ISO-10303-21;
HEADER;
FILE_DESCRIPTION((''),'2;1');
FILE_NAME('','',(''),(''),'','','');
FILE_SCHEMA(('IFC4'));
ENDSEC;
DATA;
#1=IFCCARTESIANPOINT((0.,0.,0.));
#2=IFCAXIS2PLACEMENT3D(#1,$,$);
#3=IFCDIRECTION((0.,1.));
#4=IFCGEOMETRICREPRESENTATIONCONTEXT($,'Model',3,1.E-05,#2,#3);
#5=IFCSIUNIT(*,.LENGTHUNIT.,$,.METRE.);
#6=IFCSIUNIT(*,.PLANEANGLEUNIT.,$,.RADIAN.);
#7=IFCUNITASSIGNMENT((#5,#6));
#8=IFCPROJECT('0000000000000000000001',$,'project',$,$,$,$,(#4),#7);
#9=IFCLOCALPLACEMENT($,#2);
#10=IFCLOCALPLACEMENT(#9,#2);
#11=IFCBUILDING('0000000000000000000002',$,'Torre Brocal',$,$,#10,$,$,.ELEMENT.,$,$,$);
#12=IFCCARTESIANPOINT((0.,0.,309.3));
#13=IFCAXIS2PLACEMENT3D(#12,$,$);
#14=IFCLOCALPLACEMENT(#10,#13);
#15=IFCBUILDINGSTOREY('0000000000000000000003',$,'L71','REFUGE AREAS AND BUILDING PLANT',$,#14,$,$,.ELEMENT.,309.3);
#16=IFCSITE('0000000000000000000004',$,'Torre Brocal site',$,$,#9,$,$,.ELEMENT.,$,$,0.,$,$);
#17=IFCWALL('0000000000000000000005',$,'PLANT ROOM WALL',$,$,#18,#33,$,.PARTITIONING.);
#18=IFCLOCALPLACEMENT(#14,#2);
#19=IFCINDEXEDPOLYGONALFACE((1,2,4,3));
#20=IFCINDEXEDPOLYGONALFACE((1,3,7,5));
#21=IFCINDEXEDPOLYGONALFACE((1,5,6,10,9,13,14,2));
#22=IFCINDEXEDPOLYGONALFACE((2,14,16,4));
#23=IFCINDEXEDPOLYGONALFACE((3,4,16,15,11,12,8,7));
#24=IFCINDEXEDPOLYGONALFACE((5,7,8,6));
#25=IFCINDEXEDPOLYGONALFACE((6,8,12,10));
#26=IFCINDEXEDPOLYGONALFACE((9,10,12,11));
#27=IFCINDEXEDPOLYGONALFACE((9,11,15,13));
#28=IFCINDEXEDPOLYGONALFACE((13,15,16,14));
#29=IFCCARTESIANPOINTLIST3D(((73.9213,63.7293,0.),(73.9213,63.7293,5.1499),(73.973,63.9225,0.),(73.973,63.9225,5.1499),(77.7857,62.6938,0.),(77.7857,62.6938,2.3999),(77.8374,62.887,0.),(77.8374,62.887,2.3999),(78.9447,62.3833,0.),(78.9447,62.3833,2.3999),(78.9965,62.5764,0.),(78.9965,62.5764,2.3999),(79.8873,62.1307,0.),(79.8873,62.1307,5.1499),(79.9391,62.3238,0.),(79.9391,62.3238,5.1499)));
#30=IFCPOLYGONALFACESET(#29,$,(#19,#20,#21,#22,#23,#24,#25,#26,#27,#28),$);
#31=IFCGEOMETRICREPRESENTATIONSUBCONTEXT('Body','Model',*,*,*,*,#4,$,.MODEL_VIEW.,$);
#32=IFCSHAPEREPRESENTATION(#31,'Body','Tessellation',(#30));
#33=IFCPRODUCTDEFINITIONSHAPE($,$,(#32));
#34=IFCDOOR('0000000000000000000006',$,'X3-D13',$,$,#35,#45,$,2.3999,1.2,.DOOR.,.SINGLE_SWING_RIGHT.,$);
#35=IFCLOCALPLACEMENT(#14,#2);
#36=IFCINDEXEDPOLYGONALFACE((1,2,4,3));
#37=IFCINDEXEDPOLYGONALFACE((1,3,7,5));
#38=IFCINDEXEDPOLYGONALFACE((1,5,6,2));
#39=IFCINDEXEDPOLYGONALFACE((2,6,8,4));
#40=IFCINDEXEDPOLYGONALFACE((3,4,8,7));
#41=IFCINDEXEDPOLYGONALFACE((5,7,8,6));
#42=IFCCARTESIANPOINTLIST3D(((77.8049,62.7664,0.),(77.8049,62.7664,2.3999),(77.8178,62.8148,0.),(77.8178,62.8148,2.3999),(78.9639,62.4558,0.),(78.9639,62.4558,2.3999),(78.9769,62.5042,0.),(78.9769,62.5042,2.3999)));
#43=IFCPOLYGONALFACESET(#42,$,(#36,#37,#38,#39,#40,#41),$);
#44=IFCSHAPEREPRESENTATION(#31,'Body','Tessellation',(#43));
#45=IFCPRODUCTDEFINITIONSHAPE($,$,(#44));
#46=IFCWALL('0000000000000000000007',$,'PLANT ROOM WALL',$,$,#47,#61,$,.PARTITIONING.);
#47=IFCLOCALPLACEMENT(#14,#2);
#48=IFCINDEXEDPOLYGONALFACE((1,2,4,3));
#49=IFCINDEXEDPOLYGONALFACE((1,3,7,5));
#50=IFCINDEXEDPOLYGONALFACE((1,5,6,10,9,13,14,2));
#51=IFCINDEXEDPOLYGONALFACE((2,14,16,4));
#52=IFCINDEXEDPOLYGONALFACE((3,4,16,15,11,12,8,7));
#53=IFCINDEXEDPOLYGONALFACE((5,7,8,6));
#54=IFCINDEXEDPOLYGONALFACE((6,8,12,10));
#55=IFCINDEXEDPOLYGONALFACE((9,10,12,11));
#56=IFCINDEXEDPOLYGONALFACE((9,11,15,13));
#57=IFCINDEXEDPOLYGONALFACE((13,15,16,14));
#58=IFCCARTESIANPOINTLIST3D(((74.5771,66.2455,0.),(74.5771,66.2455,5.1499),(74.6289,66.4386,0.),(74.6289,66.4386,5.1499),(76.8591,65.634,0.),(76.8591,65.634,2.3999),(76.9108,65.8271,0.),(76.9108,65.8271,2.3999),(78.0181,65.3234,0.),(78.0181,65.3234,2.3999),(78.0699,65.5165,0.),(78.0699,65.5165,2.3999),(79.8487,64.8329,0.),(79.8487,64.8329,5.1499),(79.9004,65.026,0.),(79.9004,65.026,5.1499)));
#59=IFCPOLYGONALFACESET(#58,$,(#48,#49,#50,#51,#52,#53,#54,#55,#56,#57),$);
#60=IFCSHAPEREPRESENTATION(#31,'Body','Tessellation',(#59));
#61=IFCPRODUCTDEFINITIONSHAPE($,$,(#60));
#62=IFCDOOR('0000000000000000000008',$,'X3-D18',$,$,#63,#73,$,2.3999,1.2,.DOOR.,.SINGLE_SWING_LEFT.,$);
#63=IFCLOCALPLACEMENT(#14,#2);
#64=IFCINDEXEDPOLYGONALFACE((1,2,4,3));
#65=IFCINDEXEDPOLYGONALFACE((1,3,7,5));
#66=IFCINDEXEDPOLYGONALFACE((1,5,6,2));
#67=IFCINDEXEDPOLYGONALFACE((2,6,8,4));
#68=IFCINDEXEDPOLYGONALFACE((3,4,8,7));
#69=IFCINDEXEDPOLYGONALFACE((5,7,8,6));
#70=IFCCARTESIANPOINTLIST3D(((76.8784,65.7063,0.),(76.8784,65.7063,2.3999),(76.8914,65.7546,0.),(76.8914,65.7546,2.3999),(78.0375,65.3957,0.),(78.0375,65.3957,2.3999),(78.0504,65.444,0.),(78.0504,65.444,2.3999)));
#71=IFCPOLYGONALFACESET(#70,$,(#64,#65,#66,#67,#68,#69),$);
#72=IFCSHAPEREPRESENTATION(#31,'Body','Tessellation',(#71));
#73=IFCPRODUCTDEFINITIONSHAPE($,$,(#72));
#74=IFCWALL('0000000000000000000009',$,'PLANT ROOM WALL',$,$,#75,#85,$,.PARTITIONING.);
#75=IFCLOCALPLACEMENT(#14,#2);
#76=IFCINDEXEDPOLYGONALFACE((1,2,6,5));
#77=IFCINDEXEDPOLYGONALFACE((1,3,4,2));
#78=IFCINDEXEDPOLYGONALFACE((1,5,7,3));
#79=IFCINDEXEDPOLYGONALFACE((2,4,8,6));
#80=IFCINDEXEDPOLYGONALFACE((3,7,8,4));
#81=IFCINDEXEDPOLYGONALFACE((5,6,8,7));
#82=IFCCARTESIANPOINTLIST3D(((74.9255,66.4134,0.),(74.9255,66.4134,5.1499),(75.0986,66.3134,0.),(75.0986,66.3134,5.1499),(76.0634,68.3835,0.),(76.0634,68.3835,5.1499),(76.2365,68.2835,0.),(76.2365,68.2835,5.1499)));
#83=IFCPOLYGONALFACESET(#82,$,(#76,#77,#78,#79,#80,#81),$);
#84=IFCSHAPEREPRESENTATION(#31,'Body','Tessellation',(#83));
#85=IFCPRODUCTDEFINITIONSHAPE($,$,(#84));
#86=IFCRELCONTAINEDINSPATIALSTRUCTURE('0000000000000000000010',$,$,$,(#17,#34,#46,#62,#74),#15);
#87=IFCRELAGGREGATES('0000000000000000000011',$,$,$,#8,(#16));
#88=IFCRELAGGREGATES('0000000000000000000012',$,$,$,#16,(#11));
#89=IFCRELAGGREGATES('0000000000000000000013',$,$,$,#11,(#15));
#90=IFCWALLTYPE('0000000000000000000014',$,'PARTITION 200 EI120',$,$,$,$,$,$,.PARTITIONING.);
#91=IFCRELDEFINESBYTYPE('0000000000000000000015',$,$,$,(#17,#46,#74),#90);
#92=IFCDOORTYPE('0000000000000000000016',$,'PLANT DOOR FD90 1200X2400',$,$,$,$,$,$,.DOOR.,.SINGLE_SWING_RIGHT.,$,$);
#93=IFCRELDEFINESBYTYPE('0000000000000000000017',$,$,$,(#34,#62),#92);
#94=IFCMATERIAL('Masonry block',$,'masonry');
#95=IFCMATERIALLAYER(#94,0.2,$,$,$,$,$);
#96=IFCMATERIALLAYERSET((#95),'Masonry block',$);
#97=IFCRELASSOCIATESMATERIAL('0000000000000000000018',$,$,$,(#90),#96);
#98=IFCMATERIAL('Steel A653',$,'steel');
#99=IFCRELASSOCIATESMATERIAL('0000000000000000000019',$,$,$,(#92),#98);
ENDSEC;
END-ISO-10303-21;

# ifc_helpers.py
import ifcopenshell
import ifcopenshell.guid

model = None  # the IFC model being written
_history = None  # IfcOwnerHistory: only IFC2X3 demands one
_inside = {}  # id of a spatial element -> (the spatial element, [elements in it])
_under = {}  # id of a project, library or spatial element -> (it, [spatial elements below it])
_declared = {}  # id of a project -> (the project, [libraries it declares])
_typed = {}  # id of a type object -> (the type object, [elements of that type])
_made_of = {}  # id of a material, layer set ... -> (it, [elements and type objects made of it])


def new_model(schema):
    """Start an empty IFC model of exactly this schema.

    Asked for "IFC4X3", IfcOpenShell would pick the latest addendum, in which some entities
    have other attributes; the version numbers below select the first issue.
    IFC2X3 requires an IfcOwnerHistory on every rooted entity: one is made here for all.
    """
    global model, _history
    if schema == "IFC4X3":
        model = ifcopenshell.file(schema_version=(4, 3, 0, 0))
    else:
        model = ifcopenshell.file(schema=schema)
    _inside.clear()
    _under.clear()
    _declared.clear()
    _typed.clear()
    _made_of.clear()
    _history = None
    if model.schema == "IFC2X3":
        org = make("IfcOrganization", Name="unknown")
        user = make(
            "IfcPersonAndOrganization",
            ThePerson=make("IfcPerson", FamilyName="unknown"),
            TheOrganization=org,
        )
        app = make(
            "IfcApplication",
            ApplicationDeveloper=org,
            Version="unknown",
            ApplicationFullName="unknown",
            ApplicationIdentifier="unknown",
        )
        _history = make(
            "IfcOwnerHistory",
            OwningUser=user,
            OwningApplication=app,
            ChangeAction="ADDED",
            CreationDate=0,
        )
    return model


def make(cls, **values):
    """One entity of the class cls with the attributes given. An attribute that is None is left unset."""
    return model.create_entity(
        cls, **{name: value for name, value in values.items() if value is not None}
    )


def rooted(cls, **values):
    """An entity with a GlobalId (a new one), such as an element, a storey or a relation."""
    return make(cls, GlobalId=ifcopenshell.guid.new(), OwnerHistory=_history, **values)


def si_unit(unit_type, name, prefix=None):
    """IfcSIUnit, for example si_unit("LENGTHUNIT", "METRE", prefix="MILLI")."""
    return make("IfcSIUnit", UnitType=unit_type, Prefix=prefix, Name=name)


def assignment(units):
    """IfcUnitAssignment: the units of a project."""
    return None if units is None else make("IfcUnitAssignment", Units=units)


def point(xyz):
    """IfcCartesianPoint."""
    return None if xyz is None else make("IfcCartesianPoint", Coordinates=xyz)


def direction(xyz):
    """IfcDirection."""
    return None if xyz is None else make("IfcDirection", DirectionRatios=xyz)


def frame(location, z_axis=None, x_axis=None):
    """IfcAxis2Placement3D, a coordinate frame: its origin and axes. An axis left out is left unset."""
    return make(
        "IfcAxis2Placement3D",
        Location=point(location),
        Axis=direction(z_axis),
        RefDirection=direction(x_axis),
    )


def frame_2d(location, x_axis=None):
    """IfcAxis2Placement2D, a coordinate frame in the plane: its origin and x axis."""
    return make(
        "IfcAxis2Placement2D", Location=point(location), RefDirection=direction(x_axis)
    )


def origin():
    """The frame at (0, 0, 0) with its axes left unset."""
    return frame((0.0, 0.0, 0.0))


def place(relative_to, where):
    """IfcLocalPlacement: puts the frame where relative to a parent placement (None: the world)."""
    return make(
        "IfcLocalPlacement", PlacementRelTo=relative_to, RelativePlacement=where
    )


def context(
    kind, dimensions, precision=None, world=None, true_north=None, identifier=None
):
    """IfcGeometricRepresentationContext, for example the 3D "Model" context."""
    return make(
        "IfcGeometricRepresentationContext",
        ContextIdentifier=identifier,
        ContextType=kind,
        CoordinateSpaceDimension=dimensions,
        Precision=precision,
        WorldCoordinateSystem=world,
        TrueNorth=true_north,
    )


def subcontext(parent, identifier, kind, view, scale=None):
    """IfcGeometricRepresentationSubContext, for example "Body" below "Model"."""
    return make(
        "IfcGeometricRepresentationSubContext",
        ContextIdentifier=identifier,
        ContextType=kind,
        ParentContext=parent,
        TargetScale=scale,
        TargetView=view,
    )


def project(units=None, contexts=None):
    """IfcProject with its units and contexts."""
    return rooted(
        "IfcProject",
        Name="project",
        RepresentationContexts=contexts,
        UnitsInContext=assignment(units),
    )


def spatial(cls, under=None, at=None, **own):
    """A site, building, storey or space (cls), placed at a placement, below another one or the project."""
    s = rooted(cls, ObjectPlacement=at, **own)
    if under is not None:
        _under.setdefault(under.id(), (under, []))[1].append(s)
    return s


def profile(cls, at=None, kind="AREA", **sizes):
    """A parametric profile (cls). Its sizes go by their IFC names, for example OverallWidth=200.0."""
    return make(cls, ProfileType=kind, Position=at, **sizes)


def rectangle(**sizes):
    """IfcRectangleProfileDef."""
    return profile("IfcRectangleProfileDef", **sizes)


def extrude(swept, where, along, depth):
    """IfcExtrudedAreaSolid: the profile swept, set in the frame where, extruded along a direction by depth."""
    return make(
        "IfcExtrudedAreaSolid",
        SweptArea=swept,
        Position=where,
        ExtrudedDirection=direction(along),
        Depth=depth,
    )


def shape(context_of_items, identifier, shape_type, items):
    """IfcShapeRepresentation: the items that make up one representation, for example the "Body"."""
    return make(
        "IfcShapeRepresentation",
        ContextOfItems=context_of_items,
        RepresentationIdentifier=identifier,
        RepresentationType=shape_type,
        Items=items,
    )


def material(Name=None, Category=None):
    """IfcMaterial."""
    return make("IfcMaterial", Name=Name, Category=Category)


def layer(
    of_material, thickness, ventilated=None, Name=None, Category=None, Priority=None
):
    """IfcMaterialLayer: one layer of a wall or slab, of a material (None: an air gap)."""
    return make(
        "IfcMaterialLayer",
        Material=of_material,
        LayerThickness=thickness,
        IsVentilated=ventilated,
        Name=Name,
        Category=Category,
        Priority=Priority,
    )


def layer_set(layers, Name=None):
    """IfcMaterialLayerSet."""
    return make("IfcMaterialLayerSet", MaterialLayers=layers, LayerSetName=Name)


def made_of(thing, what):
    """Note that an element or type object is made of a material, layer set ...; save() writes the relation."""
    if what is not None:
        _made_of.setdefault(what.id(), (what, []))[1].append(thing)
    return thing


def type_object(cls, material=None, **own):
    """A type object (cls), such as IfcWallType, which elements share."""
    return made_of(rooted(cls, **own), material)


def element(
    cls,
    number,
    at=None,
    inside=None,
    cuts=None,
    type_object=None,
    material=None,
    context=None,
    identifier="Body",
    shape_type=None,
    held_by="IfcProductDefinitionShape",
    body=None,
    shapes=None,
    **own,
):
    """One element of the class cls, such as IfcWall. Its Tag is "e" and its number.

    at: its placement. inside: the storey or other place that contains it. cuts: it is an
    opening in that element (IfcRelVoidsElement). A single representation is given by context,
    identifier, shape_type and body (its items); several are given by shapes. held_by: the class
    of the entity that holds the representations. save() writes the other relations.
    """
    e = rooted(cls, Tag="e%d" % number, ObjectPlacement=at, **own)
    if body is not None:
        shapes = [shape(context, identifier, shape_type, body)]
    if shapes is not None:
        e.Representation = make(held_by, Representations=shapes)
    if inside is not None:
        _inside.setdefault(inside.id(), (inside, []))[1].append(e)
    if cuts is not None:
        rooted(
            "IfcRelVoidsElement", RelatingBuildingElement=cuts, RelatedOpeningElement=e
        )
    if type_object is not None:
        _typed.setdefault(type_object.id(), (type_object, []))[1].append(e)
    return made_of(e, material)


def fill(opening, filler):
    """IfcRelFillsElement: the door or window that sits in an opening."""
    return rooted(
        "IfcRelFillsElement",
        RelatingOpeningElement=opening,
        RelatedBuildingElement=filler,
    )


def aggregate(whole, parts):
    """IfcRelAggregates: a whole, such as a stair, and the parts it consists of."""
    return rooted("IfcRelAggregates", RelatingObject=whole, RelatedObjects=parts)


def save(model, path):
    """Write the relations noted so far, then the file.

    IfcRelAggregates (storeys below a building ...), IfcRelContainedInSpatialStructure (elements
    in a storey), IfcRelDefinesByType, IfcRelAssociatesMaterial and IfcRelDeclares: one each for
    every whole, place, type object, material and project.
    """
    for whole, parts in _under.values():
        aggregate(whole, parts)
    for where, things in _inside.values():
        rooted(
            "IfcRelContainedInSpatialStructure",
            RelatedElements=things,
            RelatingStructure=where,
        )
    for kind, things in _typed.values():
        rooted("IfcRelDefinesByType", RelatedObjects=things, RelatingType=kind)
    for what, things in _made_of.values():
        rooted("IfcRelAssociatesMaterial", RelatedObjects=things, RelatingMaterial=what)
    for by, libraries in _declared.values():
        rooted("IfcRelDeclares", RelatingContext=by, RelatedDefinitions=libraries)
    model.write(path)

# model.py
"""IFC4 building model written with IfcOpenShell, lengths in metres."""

from ifc_helpers import new_model, si_unit, direction, frame, frame_2d, origin, place, context, subcontext, project, spatial, rectangle, extrude, material, layer, layer_set, type_object, element, fill, save


model = new_model("IFC4")

# Units and contexts
model_context = context("Model", 3, precision=1e-05, world=origin(), true_north=direction((0.0, 1.0)))
body_context = subcontext(model_context, "Body", "Model", "MODEL_VIEW")
ifc_project = project(units=[si_unit("LENGTHUNIT", "METRE"), si_unit("PLANEANGLEUNIT", "RADIAN")], contexts=[model_context])

# Site, building, storey
site_placement = place(None, origin())
site = spatial("IfcSite", under=ifc_project, at=site_placement, Name="Torre Brocal site", CompositionType="ELEMENT", RefElevation=0.0)
building_placement = place(site_placement, origin())
building = spatial("IfcBuilding", under=site, at=building_placement, Name="Torre Brocal", CompositionType="ELEMENT")
storey_placement = place(building_placement, frame((0.0, 0.0, 309.3)))
storey = spatial("IfcBuildingStorey", under=building, at=storey_placement, Name="L71", Description="REFUGE AREAS AND BUILDING PLANT", CompositionType="ELEMENT", Elevation=309.3)

# Walls, openings, doors
ifc_material_1 = material(Name="Masonry block", Category="masonry")
ifc_layer_1 = layer(ifc_material_1, 0.2)
ifc_layer_set_1 = layer_set([ifc_layer_1], Name="Masonry block")
wall_type_1 = type_object("IfcWallType", Name="PARTITION 200 EI120", PredefinedType="PARTITIONING", material=ifc_layer_set_1)
wall_1_placement = place(storey_placement, frame((73.947, 63.8259, 0.0), z_axis=(0.0, 0.0, 1.0), x_axis=(0.965925, -0.258824, 0.0)))
wall_1 = element("IfcWall", 1, at=wall_1_placement, inside=storey, type_object=wall_type_1, Name="PLANT ROOM WALL", PredefinedType="PARTITIONING", context=body_context, shape_type="SweptSolid", body=[
    extrude(rectangle(XDim=6.1765, YDim=0.2, at=frame_2d((3.0884, 0.0))), origin(), (0.0, 0.0, 1.0), 5.1499),
])
opening_1_placement = place(wall_1_placement, frame((4.0007, 0.0, 0.0)))
opening_1 = element("IfcOpeningElement", 2, at=opening_1_placement, cuts=wall_1, PredefinedType="OPENING", context=body_context, shape_type="SweptSolid", body=[
    extrude(rectangle(XDim=1.2, YDim=2.3999, at=frame_2d((0.6001, 1.2))), frame((0.0, 0.1099, 0.0), z_axis=(0.0, -1.0, 0.0), x_axis=(1.0, 0.0, 0.0)), (0.0, 0.0, 1.0), 0.22),
])
ifc_material_2 = material(Name="Steel A653", Category="steel")
door_type_1 = type_object("IfcDoorType", Name="PLANT DOOR FD90 1200X2400", OperationType="SINGLE_SWING_RIGHT", PredefinedType="DOOR", material=ifc_material_2)
door_1_placement = place(opening_1_placement, frame((1.2, 0.0, 0.0), z_axis=(0.0, 0.0, 1.0), x_axis=(-1.0, 0.0, 0.0)))
door_1 = element("IfcDoor", 3, at=door_1_placement, inside=storey, type_object=door_type_1, Name="X3-D13", OperationType="SINGLE_SWING_RIGHT", OverallHeight=2.3999, OverallWidth=1.2, PredefinedType="DOOR", context=body_context, shape_type="SweptSolid", body=[
    extrude(rectangle(XDim=1.2, YDim=2.3999, at=frame_2d((0.6001, 1.2))), frame((0.0, 0.0249, 0.0), z_axis=(0.0, -1.0, 0.0), x_axis=(1.0, 0.0, 0.0)), (0.0, 0.0, 1.0), 0.05),
])
fill(opening_1, door_1)
wall_2_placement = place(storey_placement, frame((74.603, 66.342, 0.0), z_axis=(0.0, 0.0, 1.0), x_axis=(0.965921, -0.258837, 0.0)))
wall_2 = element("IfcWall", 4, at=wall_2_placement, inside=storey, type_object=wall_type_1, Name="PLANT ROOM WALL", PredefinedType="PARTITIONING", context=body_context, shape_type="SweptSolid", body=[
    extrude(rectangle(XDim=5.4575, YDim=0.2, at=frame_2d((2.7288, 0.0))), origin(), (0.0, 0.0, 1.0), 5.1499),
])
opening_2_placement = place(wall_2_placement, frame((2.3623, 0.0, 0.0)))
opening_2 = element("IfcOpeningElement", 5, at=opening_2_placement, cuts=wall_2, PredefinedType="OPENING", context=body_context, shape_type="SweptSolid", body=[
    extrude(rectangle(XDim=1.2, YDim=2.3999, at=frame_2d((0.6001, 1.2))), frame((0.0, 0.1099, 0.0), z_axis=(0.0, -1.0, 0.0), x_axis=(1.0, 0.0, 0.0)), (0.0, 0.0, 1.0), 0.22),
])
door_2_placement = place(opening_2_placement, origin())
door_2 = element("IfcDoor", 6, at=door_2_placement, inside=storey, type_object=door_type_1, Name="X3-D18", OperationType="SINGLE_SWING_LEFT", OverallHeight=2.3999, OverallWidth=1.2, PredefinedType="DOOR", context=body_context, shape_type="SweptSolid", body=[
    extrude(rectangle(XDim=1.2, YDim=2.3999, at=frame_2d((0.6001, 1.2))), frame((0.0, 0.0249, 0.0), z_axis=(0.0, -1.0, 0.0), x_axis=(1.0, 0.0, 0.0)), (0.0, 0.0, 1.0), 0.05),
])
fill(opening_2, door_2)

# Wall
wall_3_placement = place(storey_placement, frame((75.012, 66.3633, 0.0), z_axis=(0.0, 0.0, 1.0), x_axis=(0.500144, 0.865943, 0.0)))
element("IfcWall", 7, at=wall_3_placement, inside=storey, type_object=wall_type_1, Name="PLANT ROOM WALL", PredefinedType="PARTITIONING", context=body_context, shape_type="SweptSolid", body=[
    extrude(rectangle(XDim=2.2751, YDim=0.2, at=frame_2d((1.1377, 0.0))), origin(), (0.0, 0.0, 1.0), 5.1499),
])

save(model, "model.ifc")
